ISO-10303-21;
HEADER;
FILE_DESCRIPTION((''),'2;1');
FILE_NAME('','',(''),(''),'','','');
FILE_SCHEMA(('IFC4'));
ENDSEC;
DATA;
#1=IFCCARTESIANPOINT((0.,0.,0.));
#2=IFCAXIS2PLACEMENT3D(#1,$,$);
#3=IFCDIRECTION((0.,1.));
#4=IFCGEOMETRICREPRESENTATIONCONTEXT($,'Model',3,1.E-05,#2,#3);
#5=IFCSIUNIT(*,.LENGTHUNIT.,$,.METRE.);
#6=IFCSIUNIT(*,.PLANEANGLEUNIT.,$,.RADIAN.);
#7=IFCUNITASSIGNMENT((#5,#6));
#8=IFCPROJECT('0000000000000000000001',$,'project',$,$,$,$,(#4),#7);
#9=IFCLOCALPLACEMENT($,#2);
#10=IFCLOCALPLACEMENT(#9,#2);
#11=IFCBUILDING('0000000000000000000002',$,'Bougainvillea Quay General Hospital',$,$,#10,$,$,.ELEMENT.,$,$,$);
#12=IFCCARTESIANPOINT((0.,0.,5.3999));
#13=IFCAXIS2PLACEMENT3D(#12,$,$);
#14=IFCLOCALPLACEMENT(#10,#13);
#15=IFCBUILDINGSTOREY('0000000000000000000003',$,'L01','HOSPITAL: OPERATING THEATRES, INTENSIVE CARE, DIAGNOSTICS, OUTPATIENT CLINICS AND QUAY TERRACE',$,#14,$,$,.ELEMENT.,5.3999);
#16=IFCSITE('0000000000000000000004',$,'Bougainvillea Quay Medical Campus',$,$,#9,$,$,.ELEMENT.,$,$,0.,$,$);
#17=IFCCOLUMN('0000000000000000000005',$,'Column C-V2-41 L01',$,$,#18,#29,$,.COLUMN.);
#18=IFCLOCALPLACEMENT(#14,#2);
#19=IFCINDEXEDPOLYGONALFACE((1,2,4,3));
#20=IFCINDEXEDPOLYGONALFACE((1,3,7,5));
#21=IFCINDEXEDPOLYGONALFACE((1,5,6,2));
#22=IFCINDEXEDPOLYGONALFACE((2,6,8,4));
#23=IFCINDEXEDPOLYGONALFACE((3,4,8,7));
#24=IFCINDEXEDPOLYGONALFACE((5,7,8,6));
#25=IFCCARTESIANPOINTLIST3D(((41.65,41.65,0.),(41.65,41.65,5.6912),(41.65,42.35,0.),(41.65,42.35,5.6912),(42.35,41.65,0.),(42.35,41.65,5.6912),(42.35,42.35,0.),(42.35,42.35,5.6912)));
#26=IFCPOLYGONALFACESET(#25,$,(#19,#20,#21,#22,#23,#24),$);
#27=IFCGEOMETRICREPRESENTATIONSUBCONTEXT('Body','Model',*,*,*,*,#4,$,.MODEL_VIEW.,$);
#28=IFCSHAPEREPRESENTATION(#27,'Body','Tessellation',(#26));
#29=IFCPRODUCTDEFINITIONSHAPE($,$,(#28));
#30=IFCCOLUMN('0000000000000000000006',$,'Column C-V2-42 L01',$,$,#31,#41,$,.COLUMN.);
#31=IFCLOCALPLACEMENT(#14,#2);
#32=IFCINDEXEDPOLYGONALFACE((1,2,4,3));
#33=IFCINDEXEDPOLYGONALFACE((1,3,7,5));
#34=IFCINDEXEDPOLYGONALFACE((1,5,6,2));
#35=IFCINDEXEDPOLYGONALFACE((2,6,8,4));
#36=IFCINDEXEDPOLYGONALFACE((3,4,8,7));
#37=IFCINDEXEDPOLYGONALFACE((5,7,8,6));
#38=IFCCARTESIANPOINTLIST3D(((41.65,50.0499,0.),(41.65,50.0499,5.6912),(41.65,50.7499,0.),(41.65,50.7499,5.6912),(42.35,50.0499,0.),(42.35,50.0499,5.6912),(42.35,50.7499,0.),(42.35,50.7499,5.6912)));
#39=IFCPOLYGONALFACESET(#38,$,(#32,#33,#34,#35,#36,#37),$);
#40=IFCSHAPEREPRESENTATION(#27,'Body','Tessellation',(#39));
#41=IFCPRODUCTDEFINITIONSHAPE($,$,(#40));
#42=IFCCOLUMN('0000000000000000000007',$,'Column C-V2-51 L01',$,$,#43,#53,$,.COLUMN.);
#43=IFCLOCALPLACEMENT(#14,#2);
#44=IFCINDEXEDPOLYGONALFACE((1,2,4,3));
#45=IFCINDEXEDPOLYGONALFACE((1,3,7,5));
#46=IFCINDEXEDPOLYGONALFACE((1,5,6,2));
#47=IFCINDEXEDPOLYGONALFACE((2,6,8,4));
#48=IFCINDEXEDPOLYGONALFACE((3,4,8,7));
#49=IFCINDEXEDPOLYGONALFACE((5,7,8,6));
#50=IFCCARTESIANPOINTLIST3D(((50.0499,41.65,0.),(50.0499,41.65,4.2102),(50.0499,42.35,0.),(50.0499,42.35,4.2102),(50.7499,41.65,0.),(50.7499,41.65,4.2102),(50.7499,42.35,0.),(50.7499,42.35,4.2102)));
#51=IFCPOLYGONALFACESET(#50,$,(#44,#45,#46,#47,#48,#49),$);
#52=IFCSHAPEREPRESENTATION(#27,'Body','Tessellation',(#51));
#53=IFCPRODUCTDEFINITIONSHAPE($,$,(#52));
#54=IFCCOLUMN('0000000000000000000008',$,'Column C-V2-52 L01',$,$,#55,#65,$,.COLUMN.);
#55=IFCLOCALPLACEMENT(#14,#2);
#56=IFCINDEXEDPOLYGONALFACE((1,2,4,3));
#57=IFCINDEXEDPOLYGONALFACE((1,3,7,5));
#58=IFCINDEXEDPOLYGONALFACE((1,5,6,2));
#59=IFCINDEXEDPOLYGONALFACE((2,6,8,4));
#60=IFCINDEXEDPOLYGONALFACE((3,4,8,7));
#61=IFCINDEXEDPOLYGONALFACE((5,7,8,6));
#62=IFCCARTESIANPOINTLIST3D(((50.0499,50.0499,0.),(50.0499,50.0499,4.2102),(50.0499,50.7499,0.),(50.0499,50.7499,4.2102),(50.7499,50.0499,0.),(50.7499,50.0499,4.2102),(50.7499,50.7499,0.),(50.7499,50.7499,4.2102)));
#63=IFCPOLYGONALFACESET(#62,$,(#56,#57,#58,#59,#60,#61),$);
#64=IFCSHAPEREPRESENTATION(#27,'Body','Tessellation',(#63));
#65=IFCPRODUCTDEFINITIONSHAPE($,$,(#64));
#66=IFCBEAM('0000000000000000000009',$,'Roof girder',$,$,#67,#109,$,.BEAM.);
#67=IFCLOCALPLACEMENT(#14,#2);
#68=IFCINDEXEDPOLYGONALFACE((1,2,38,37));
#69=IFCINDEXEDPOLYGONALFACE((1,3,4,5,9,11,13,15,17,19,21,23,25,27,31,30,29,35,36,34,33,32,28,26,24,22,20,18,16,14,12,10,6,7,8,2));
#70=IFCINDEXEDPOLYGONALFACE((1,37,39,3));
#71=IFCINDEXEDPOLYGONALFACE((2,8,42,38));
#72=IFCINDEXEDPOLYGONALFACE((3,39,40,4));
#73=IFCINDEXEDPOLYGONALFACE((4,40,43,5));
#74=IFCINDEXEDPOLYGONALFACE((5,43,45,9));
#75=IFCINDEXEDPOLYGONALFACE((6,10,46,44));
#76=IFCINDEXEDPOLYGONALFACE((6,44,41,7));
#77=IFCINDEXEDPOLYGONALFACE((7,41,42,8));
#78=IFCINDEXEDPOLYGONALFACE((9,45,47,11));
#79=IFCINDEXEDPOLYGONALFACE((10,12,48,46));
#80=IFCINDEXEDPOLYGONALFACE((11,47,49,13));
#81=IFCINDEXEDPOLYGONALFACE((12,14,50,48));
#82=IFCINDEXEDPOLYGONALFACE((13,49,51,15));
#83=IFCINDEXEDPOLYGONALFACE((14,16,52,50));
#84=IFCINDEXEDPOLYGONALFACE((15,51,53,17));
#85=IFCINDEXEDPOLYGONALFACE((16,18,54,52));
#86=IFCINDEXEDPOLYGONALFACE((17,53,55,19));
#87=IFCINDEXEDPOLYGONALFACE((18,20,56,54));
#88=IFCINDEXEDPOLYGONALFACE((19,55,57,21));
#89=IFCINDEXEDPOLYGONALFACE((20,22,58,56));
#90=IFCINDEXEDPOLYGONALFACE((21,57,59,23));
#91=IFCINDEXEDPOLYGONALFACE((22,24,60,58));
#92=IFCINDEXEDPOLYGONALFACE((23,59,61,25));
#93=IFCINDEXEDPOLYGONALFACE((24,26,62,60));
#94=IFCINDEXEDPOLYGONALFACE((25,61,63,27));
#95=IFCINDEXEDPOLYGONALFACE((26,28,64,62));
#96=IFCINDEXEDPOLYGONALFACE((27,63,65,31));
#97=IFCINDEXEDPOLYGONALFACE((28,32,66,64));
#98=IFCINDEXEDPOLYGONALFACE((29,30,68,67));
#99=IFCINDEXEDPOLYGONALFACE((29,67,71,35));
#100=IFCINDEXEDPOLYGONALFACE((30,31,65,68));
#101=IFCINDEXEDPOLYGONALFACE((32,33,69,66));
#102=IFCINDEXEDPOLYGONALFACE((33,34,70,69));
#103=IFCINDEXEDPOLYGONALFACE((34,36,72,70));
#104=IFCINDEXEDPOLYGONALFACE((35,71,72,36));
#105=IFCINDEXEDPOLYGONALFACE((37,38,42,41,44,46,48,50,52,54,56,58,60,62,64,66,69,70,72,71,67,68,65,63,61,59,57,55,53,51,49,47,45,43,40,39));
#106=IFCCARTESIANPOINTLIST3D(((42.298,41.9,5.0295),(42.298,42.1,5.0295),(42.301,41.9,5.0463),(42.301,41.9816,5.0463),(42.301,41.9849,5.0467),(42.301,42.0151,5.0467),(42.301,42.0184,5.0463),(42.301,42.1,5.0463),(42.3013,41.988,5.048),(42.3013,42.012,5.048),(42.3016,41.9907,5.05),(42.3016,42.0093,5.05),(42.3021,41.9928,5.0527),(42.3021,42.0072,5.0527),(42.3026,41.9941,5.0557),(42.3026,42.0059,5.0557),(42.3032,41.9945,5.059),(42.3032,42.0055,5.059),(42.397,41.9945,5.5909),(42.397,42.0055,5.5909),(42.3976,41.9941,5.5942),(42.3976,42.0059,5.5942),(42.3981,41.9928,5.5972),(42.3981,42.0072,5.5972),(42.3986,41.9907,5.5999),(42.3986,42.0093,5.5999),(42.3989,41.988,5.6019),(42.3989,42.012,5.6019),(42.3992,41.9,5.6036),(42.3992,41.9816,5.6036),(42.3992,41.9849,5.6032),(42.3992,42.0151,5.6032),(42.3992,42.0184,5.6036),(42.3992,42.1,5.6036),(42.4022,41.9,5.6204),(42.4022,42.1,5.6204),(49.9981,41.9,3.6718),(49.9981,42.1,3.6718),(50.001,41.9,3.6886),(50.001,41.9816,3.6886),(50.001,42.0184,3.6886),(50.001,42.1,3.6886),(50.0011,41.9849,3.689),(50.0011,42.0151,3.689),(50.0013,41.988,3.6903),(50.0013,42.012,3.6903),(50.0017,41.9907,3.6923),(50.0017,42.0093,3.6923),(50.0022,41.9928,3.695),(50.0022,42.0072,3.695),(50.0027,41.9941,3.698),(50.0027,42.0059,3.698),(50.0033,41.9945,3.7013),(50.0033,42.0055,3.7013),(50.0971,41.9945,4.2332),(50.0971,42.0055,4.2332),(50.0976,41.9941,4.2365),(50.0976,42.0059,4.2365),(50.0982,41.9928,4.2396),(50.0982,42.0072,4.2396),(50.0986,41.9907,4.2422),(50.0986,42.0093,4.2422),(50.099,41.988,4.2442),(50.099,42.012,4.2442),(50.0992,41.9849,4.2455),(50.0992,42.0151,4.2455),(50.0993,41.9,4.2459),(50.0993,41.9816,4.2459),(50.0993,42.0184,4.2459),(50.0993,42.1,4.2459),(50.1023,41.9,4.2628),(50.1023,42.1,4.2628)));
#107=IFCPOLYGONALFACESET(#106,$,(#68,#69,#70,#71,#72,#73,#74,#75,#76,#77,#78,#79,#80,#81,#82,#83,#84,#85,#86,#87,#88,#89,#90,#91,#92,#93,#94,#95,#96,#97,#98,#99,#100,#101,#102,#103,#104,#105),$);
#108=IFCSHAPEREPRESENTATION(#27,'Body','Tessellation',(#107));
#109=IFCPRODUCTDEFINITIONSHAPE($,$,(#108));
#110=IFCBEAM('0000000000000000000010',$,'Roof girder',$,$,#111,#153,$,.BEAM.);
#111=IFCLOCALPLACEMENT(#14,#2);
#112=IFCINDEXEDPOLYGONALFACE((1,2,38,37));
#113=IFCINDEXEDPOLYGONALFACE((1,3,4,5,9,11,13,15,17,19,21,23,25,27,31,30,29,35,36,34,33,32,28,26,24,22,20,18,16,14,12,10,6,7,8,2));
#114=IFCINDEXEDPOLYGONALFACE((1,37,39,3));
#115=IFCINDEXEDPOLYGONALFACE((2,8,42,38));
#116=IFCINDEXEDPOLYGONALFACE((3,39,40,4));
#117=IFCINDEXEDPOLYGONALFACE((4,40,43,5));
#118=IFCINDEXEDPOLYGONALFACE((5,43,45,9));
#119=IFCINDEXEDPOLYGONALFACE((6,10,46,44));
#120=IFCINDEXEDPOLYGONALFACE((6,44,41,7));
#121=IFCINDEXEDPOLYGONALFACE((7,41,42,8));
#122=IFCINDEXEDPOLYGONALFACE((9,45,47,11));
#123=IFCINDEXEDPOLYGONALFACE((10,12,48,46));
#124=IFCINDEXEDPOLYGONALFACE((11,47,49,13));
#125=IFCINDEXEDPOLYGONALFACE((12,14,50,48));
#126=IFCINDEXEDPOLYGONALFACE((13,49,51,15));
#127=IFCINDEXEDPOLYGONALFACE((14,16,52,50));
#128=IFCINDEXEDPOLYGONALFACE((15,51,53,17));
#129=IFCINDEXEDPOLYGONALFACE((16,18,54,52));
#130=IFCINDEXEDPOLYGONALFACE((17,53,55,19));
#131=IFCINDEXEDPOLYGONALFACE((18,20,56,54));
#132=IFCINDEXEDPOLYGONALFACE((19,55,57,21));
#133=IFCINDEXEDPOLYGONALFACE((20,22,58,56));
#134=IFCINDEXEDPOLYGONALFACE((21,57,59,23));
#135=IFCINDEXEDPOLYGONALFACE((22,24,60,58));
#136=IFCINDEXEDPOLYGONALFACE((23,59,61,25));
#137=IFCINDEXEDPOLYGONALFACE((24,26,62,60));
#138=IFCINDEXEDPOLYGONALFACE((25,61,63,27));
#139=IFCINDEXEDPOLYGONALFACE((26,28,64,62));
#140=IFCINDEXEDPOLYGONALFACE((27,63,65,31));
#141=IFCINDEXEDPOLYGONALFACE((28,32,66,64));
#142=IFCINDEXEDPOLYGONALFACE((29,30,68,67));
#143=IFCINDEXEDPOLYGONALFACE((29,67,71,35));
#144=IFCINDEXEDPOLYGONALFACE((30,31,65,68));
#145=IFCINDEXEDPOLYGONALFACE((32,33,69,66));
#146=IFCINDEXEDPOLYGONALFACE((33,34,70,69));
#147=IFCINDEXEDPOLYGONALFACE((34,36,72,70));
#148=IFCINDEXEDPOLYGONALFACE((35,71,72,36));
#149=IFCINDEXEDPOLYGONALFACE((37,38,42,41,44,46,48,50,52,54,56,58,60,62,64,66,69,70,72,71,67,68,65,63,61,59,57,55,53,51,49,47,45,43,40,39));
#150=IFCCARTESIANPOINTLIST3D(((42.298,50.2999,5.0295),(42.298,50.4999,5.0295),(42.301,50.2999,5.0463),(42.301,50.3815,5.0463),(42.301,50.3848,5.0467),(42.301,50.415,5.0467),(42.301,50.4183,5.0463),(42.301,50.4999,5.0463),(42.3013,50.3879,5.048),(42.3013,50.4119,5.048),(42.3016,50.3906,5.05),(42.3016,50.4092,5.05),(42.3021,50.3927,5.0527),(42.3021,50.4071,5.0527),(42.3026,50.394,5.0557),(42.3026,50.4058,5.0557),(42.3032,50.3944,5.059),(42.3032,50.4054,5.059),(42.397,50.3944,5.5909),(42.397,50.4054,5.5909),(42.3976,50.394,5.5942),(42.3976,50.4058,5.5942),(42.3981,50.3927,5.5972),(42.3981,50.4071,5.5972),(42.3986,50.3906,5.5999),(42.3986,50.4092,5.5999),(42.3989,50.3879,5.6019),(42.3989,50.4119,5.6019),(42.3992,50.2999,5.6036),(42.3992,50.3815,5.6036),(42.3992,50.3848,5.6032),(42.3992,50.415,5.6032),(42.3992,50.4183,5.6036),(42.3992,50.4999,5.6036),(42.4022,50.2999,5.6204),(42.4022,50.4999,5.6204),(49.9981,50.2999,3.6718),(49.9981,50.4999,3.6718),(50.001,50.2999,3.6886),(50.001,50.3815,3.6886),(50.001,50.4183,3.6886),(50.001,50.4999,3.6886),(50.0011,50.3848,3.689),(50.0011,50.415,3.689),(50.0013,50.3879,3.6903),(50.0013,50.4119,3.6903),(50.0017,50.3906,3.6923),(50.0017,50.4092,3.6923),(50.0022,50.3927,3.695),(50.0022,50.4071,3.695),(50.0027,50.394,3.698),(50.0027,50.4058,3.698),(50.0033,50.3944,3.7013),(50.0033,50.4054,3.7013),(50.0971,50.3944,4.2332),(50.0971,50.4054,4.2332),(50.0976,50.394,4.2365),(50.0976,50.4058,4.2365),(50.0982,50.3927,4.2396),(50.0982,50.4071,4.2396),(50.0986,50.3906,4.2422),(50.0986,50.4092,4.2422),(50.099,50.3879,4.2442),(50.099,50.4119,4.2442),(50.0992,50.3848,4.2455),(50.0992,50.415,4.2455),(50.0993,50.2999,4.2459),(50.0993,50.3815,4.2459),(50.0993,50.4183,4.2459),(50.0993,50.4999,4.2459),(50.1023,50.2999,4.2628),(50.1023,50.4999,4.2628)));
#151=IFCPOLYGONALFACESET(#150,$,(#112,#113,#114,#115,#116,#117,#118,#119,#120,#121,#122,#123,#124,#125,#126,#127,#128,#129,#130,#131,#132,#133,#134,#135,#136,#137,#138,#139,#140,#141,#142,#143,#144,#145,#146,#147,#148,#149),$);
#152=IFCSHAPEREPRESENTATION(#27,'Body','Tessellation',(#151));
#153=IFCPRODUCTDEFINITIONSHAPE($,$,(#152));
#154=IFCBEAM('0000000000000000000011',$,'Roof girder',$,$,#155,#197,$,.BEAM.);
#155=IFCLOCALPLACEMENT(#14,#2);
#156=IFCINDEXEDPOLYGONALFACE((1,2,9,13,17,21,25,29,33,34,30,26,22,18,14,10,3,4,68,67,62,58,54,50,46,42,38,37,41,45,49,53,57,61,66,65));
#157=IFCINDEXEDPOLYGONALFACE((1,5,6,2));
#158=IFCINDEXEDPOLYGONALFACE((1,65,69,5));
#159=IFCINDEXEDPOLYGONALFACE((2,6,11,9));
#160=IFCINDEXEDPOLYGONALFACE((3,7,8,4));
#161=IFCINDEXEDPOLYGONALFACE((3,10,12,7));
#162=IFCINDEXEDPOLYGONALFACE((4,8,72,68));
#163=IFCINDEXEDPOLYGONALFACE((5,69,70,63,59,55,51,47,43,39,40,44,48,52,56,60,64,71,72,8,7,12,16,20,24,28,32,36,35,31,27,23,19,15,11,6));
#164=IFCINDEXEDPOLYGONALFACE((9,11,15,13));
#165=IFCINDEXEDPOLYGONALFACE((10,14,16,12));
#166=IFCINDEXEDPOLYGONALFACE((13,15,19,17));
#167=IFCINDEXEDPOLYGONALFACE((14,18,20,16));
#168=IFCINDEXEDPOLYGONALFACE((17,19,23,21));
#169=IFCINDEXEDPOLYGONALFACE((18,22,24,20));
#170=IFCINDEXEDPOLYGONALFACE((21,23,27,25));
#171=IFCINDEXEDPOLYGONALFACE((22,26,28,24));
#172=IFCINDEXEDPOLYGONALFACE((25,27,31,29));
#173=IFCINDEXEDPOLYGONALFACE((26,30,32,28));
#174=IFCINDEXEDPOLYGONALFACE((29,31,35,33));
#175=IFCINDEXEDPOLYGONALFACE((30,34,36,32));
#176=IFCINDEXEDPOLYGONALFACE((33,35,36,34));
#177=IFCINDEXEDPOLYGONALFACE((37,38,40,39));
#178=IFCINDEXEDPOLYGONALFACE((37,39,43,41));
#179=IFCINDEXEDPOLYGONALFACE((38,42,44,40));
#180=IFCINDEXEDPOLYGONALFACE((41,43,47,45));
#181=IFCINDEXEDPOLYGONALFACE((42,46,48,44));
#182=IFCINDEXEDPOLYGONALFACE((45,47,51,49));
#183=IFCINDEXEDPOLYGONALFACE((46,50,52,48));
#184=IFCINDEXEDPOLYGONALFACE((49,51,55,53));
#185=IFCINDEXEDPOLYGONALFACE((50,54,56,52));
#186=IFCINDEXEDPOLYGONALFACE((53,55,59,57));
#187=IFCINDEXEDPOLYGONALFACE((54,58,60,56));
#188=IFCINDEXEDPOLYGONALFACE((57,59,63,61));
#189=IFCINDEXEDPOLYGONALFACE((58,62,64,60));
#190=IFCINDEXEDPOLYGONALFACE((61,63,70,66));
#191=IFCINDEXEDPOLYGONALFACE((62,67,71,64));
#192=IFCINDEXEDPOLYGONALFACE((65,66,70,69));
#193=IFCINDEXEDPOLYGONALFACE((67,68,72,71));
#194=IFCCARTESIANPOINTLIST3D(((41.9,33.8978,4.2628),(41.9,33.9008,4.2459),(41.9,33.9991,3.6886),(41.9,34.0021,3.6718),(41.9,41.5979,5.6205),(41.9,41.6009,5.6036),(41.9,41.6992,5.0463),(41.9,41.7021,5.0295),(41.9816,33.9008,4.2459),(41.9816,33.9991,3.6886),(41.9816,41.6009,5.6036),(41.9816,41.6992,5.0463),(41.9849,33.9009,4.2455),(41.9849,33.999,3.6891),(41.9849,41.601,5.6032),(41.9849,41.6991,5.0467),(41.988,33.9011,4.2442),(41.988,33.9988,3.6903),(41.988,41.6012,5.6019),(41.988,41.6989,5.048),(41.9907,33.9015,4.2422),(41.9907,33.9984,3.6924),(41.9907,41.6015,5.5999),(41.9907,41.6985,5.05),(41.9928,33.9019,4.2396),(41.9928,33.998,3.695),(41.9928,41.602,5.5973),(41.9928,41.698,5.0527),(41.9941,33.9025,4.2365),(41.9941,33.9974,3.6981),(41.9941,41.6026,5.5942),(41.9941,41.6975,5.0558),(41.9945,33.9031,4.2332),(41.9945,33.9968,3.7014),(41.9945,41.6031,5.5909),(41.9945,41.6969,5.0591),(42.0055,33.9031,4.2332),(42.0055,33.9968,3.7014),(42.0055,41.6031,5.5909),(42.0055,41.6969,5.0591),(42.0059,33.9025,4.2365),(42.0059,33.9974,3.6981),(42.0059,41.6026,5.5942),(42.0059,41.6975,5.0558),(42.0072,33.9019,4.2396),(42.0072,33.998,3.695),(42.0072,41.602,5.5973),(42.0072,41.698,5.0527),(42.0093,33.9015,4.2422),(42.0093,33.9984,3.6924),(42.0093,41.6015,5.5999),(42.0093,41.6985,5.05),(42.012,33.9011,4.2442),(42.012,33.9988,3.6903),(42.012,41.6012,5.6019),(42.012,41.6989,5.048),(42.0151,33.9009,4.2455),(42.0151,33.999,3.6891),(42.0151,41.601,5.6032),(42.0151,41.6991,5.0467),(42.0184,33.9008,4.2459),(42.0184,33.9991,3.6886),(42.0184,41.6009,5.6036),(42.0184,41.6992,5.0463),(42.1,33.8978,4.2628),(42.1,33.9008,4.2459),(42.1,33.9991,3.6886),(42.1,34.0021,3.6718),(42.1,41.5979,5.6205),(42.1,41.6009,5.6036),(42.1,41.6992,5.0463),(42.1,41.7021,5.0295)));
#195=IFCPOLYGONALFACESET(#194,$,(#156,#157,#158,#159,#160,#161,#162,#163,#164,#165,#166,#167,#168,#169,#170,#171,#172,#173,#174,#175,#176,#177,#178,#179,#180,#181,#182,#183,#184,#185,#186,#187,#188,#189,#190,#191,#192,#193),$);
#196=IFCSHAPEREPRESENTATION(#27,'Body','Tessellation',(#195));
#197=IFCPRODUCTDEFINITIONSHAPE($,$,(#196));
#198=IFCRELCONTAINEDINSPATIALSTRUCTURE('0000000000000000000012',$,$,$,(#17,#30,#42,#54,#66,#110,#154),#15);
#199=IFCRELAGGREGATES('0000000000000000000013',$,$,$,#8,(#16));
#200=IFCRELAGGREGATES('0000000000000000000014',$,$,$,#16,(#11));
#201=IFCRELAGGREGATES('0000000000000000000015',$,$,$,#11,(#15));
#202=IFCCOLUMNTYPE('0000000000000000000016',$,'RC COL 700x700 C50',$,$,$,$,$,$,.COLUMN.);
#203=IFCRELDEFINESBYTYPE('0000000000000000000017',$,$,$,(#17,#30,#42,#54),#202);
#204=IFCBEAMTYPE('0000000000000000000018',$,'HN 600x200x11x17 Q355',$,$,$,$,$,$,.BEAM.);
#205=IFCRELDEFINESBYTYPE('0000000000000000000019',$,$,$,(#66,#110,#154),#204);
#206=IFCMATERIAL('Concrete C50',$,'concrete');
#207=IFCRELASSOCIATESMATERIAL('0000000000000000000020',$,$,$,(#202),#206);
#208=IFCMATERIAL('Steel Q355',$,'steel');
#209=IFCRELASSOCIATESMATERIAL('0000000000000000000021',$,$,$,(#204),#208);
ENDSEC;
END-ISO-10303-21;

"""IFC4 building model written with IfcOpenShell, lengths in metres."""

from ifc_helpers import new_model, si_unit, direction, frame, origin, origin_2d, place, context, subcontext, project, spatial, rectangle, i_section, extrude, material, material_profile, profile_set, type_object, element, save


model = new_model("IFC4")

# Units and contexts
model_context = context("Model", 3, precision=1e-05, world=origin(), true_north=direction((0.0, 1.0)))
body_context = subcontext(model_context, "Body", "Model", "MODEL_VIEW")
ifc_project = project(units=[si_unit("LENGTHUNIT", "METRE"), si_unit("PLANEANGLEUNIT", "RADIAN")], contexts=[model_context])

# Site, building, storey
site_placement = place(None, origin())
site = spatial("IfcSite", under=ifc_project, at=site_placement, Name="Bougainvillea Quay Medical Campus", CompositionType="ELEMENT", RefElevation=0.0)
building_placement = place(site_placement, origin())
building = spatial("IfcBuilding", under=site, at=building_placement, Name="Bougainvillea Quay General Hospital", CompositionType="ELEMENT")
storey_placement = place(building_placement, frame((0.0, 0.0, 5.3999)))
storey = spatial("IfcBuildingStorey", under=building, at=storey_placement, Name="L01", Description="HOSPITAL: OPERATING THEATRES, INTENSIVE CARE, DIAGNOSTICS, OUTPATIENT CLINICS AND QUAY TERRACE", CompositionType="ELEMENT", Elevation=5.3999)

# Columns
ifc_material_1 = material(Name="Concrete C50", Category="concrete")
ifc_material_profile_1 = material_profile(ifc_material_1, rectangle(XDim=0.7, YDim=0.7, at=origin_2d()))
ifc_profile_set_1 = profile_set([ifc_material_profile_1], Name="Concrete C50")
column_type = type_object("IfcColumnType", Name="RC COL 700x700 C50", PredefinedType="COLUMN", material=ifc_profile_set_1)
for number, where, z_axis, x_axis, name in (
    (1, (42.0, 42.0, 0.0), (0.0, 0.0, 1.0), (1.0, 0.0, 0.0), "Column C-V2-41 L01"),
    (2, (42.0, 50.3999, 0.0), (0.0, 0.0, 1.0), (1.0, 0.0, 0.0), "Column C-V2-42 L01"),
):
    element("IfcColumn", number, at=place(storey_placement, frame(where, z_axis=z_axis, x_axis=x_axis)), inside=storey, type_object=column_type, Name=name, PredefinedType="COLUMN", context=body_context, shape_type="SweptSolid", body=[
        extrude(rectangle(XDim=0.7, YDim=0.7, at=origin_2d()), origin(), (0.0, 0.0, 1.0), 5.6912),
    ])
for number, where, z_axis, x_axis, name in (
    (3, (50.3999, 42.0, 0.0), (0.0, 0.0, 1.0), (1.0, 0.0, 0.0), "Column C-V2-51 L01"),
    (4, (50.3999, 50.3999, 0.0), (0.0, 0.0, 1.0), (1.0, 0.0, 0.0), "Column C-V2-52 L01"),
):
    element("IfcColumn", number, at=place(storey_placement, frame(where, z_axis=z_axis, x_axis=x_axis)), inside=storey, type_object=column_type, Name=name, PredefinedType="COLUMN", context=body_context, shape_type="SweptSolid", body=[
        extrude(rectangle(XDim=0.7, YDim=0.7, at=origin_2d()), origin(), (0.0, 0.0, 1.0), 4.2102),
    ])

# Beams
ifc_material_2 = material(Name="Steel Q355", Category="steel")
ifc_material_profile_2 = material_profile(ifc_material_2, i_section(OverallWidth=0.2, OverallDepth=0.6001, WebThickness=0.011, FlangeThickness=0.0171, FilletRadius=0.0129, at=origin_2d()))
ifc_profile_set_2 = profile_set([ifc_material_profile_2], Name="Steel Q355")
beam_type_1 = type_object("IfcBeamType", Name="HN 600x200x11x17 Q355", PredefinedType="BEAM", material=ifc_profile_set_2)
for number, where, z_axis, x_axis, name in (
    (5, (42.3501, 42.0, 5.325), (0.984809, 0.0, -0.173643), (0.0, 1.0, 0.0), "Roof girder"),
    (6, (42.3501, 50.3999, 5.325), (0.984809, 0.0, -0.173643), (0.0, 1.0, 0.0), "Roof girder"),
    (7, (42.0, 33.95, 3.9673), (0.0, 0.984809, 0.173643), (-1.0, 0.0, 0.0), "Roof girder"),
):
    element("IfcBeam", number, at=place(storey_placement, frame(where, z_axis=z_axis, x_axis=x_axis)), inside=storey, type_object=beam_type_1, Name=name, PredefinedType="BEAM", context=body_context, shape_type="SweptSolid", body=[
        extrude(i_section(OverallWidth=0.2, OverallDepth=0.6001, WebThickness=0.011, FlangeThickness=0.0171, FilletRadius=0.0129, at=origin_2d()), origin(), (0.0, 0.0, 1.0), 7.8188),
    ])

save(model, "model.ifc")
